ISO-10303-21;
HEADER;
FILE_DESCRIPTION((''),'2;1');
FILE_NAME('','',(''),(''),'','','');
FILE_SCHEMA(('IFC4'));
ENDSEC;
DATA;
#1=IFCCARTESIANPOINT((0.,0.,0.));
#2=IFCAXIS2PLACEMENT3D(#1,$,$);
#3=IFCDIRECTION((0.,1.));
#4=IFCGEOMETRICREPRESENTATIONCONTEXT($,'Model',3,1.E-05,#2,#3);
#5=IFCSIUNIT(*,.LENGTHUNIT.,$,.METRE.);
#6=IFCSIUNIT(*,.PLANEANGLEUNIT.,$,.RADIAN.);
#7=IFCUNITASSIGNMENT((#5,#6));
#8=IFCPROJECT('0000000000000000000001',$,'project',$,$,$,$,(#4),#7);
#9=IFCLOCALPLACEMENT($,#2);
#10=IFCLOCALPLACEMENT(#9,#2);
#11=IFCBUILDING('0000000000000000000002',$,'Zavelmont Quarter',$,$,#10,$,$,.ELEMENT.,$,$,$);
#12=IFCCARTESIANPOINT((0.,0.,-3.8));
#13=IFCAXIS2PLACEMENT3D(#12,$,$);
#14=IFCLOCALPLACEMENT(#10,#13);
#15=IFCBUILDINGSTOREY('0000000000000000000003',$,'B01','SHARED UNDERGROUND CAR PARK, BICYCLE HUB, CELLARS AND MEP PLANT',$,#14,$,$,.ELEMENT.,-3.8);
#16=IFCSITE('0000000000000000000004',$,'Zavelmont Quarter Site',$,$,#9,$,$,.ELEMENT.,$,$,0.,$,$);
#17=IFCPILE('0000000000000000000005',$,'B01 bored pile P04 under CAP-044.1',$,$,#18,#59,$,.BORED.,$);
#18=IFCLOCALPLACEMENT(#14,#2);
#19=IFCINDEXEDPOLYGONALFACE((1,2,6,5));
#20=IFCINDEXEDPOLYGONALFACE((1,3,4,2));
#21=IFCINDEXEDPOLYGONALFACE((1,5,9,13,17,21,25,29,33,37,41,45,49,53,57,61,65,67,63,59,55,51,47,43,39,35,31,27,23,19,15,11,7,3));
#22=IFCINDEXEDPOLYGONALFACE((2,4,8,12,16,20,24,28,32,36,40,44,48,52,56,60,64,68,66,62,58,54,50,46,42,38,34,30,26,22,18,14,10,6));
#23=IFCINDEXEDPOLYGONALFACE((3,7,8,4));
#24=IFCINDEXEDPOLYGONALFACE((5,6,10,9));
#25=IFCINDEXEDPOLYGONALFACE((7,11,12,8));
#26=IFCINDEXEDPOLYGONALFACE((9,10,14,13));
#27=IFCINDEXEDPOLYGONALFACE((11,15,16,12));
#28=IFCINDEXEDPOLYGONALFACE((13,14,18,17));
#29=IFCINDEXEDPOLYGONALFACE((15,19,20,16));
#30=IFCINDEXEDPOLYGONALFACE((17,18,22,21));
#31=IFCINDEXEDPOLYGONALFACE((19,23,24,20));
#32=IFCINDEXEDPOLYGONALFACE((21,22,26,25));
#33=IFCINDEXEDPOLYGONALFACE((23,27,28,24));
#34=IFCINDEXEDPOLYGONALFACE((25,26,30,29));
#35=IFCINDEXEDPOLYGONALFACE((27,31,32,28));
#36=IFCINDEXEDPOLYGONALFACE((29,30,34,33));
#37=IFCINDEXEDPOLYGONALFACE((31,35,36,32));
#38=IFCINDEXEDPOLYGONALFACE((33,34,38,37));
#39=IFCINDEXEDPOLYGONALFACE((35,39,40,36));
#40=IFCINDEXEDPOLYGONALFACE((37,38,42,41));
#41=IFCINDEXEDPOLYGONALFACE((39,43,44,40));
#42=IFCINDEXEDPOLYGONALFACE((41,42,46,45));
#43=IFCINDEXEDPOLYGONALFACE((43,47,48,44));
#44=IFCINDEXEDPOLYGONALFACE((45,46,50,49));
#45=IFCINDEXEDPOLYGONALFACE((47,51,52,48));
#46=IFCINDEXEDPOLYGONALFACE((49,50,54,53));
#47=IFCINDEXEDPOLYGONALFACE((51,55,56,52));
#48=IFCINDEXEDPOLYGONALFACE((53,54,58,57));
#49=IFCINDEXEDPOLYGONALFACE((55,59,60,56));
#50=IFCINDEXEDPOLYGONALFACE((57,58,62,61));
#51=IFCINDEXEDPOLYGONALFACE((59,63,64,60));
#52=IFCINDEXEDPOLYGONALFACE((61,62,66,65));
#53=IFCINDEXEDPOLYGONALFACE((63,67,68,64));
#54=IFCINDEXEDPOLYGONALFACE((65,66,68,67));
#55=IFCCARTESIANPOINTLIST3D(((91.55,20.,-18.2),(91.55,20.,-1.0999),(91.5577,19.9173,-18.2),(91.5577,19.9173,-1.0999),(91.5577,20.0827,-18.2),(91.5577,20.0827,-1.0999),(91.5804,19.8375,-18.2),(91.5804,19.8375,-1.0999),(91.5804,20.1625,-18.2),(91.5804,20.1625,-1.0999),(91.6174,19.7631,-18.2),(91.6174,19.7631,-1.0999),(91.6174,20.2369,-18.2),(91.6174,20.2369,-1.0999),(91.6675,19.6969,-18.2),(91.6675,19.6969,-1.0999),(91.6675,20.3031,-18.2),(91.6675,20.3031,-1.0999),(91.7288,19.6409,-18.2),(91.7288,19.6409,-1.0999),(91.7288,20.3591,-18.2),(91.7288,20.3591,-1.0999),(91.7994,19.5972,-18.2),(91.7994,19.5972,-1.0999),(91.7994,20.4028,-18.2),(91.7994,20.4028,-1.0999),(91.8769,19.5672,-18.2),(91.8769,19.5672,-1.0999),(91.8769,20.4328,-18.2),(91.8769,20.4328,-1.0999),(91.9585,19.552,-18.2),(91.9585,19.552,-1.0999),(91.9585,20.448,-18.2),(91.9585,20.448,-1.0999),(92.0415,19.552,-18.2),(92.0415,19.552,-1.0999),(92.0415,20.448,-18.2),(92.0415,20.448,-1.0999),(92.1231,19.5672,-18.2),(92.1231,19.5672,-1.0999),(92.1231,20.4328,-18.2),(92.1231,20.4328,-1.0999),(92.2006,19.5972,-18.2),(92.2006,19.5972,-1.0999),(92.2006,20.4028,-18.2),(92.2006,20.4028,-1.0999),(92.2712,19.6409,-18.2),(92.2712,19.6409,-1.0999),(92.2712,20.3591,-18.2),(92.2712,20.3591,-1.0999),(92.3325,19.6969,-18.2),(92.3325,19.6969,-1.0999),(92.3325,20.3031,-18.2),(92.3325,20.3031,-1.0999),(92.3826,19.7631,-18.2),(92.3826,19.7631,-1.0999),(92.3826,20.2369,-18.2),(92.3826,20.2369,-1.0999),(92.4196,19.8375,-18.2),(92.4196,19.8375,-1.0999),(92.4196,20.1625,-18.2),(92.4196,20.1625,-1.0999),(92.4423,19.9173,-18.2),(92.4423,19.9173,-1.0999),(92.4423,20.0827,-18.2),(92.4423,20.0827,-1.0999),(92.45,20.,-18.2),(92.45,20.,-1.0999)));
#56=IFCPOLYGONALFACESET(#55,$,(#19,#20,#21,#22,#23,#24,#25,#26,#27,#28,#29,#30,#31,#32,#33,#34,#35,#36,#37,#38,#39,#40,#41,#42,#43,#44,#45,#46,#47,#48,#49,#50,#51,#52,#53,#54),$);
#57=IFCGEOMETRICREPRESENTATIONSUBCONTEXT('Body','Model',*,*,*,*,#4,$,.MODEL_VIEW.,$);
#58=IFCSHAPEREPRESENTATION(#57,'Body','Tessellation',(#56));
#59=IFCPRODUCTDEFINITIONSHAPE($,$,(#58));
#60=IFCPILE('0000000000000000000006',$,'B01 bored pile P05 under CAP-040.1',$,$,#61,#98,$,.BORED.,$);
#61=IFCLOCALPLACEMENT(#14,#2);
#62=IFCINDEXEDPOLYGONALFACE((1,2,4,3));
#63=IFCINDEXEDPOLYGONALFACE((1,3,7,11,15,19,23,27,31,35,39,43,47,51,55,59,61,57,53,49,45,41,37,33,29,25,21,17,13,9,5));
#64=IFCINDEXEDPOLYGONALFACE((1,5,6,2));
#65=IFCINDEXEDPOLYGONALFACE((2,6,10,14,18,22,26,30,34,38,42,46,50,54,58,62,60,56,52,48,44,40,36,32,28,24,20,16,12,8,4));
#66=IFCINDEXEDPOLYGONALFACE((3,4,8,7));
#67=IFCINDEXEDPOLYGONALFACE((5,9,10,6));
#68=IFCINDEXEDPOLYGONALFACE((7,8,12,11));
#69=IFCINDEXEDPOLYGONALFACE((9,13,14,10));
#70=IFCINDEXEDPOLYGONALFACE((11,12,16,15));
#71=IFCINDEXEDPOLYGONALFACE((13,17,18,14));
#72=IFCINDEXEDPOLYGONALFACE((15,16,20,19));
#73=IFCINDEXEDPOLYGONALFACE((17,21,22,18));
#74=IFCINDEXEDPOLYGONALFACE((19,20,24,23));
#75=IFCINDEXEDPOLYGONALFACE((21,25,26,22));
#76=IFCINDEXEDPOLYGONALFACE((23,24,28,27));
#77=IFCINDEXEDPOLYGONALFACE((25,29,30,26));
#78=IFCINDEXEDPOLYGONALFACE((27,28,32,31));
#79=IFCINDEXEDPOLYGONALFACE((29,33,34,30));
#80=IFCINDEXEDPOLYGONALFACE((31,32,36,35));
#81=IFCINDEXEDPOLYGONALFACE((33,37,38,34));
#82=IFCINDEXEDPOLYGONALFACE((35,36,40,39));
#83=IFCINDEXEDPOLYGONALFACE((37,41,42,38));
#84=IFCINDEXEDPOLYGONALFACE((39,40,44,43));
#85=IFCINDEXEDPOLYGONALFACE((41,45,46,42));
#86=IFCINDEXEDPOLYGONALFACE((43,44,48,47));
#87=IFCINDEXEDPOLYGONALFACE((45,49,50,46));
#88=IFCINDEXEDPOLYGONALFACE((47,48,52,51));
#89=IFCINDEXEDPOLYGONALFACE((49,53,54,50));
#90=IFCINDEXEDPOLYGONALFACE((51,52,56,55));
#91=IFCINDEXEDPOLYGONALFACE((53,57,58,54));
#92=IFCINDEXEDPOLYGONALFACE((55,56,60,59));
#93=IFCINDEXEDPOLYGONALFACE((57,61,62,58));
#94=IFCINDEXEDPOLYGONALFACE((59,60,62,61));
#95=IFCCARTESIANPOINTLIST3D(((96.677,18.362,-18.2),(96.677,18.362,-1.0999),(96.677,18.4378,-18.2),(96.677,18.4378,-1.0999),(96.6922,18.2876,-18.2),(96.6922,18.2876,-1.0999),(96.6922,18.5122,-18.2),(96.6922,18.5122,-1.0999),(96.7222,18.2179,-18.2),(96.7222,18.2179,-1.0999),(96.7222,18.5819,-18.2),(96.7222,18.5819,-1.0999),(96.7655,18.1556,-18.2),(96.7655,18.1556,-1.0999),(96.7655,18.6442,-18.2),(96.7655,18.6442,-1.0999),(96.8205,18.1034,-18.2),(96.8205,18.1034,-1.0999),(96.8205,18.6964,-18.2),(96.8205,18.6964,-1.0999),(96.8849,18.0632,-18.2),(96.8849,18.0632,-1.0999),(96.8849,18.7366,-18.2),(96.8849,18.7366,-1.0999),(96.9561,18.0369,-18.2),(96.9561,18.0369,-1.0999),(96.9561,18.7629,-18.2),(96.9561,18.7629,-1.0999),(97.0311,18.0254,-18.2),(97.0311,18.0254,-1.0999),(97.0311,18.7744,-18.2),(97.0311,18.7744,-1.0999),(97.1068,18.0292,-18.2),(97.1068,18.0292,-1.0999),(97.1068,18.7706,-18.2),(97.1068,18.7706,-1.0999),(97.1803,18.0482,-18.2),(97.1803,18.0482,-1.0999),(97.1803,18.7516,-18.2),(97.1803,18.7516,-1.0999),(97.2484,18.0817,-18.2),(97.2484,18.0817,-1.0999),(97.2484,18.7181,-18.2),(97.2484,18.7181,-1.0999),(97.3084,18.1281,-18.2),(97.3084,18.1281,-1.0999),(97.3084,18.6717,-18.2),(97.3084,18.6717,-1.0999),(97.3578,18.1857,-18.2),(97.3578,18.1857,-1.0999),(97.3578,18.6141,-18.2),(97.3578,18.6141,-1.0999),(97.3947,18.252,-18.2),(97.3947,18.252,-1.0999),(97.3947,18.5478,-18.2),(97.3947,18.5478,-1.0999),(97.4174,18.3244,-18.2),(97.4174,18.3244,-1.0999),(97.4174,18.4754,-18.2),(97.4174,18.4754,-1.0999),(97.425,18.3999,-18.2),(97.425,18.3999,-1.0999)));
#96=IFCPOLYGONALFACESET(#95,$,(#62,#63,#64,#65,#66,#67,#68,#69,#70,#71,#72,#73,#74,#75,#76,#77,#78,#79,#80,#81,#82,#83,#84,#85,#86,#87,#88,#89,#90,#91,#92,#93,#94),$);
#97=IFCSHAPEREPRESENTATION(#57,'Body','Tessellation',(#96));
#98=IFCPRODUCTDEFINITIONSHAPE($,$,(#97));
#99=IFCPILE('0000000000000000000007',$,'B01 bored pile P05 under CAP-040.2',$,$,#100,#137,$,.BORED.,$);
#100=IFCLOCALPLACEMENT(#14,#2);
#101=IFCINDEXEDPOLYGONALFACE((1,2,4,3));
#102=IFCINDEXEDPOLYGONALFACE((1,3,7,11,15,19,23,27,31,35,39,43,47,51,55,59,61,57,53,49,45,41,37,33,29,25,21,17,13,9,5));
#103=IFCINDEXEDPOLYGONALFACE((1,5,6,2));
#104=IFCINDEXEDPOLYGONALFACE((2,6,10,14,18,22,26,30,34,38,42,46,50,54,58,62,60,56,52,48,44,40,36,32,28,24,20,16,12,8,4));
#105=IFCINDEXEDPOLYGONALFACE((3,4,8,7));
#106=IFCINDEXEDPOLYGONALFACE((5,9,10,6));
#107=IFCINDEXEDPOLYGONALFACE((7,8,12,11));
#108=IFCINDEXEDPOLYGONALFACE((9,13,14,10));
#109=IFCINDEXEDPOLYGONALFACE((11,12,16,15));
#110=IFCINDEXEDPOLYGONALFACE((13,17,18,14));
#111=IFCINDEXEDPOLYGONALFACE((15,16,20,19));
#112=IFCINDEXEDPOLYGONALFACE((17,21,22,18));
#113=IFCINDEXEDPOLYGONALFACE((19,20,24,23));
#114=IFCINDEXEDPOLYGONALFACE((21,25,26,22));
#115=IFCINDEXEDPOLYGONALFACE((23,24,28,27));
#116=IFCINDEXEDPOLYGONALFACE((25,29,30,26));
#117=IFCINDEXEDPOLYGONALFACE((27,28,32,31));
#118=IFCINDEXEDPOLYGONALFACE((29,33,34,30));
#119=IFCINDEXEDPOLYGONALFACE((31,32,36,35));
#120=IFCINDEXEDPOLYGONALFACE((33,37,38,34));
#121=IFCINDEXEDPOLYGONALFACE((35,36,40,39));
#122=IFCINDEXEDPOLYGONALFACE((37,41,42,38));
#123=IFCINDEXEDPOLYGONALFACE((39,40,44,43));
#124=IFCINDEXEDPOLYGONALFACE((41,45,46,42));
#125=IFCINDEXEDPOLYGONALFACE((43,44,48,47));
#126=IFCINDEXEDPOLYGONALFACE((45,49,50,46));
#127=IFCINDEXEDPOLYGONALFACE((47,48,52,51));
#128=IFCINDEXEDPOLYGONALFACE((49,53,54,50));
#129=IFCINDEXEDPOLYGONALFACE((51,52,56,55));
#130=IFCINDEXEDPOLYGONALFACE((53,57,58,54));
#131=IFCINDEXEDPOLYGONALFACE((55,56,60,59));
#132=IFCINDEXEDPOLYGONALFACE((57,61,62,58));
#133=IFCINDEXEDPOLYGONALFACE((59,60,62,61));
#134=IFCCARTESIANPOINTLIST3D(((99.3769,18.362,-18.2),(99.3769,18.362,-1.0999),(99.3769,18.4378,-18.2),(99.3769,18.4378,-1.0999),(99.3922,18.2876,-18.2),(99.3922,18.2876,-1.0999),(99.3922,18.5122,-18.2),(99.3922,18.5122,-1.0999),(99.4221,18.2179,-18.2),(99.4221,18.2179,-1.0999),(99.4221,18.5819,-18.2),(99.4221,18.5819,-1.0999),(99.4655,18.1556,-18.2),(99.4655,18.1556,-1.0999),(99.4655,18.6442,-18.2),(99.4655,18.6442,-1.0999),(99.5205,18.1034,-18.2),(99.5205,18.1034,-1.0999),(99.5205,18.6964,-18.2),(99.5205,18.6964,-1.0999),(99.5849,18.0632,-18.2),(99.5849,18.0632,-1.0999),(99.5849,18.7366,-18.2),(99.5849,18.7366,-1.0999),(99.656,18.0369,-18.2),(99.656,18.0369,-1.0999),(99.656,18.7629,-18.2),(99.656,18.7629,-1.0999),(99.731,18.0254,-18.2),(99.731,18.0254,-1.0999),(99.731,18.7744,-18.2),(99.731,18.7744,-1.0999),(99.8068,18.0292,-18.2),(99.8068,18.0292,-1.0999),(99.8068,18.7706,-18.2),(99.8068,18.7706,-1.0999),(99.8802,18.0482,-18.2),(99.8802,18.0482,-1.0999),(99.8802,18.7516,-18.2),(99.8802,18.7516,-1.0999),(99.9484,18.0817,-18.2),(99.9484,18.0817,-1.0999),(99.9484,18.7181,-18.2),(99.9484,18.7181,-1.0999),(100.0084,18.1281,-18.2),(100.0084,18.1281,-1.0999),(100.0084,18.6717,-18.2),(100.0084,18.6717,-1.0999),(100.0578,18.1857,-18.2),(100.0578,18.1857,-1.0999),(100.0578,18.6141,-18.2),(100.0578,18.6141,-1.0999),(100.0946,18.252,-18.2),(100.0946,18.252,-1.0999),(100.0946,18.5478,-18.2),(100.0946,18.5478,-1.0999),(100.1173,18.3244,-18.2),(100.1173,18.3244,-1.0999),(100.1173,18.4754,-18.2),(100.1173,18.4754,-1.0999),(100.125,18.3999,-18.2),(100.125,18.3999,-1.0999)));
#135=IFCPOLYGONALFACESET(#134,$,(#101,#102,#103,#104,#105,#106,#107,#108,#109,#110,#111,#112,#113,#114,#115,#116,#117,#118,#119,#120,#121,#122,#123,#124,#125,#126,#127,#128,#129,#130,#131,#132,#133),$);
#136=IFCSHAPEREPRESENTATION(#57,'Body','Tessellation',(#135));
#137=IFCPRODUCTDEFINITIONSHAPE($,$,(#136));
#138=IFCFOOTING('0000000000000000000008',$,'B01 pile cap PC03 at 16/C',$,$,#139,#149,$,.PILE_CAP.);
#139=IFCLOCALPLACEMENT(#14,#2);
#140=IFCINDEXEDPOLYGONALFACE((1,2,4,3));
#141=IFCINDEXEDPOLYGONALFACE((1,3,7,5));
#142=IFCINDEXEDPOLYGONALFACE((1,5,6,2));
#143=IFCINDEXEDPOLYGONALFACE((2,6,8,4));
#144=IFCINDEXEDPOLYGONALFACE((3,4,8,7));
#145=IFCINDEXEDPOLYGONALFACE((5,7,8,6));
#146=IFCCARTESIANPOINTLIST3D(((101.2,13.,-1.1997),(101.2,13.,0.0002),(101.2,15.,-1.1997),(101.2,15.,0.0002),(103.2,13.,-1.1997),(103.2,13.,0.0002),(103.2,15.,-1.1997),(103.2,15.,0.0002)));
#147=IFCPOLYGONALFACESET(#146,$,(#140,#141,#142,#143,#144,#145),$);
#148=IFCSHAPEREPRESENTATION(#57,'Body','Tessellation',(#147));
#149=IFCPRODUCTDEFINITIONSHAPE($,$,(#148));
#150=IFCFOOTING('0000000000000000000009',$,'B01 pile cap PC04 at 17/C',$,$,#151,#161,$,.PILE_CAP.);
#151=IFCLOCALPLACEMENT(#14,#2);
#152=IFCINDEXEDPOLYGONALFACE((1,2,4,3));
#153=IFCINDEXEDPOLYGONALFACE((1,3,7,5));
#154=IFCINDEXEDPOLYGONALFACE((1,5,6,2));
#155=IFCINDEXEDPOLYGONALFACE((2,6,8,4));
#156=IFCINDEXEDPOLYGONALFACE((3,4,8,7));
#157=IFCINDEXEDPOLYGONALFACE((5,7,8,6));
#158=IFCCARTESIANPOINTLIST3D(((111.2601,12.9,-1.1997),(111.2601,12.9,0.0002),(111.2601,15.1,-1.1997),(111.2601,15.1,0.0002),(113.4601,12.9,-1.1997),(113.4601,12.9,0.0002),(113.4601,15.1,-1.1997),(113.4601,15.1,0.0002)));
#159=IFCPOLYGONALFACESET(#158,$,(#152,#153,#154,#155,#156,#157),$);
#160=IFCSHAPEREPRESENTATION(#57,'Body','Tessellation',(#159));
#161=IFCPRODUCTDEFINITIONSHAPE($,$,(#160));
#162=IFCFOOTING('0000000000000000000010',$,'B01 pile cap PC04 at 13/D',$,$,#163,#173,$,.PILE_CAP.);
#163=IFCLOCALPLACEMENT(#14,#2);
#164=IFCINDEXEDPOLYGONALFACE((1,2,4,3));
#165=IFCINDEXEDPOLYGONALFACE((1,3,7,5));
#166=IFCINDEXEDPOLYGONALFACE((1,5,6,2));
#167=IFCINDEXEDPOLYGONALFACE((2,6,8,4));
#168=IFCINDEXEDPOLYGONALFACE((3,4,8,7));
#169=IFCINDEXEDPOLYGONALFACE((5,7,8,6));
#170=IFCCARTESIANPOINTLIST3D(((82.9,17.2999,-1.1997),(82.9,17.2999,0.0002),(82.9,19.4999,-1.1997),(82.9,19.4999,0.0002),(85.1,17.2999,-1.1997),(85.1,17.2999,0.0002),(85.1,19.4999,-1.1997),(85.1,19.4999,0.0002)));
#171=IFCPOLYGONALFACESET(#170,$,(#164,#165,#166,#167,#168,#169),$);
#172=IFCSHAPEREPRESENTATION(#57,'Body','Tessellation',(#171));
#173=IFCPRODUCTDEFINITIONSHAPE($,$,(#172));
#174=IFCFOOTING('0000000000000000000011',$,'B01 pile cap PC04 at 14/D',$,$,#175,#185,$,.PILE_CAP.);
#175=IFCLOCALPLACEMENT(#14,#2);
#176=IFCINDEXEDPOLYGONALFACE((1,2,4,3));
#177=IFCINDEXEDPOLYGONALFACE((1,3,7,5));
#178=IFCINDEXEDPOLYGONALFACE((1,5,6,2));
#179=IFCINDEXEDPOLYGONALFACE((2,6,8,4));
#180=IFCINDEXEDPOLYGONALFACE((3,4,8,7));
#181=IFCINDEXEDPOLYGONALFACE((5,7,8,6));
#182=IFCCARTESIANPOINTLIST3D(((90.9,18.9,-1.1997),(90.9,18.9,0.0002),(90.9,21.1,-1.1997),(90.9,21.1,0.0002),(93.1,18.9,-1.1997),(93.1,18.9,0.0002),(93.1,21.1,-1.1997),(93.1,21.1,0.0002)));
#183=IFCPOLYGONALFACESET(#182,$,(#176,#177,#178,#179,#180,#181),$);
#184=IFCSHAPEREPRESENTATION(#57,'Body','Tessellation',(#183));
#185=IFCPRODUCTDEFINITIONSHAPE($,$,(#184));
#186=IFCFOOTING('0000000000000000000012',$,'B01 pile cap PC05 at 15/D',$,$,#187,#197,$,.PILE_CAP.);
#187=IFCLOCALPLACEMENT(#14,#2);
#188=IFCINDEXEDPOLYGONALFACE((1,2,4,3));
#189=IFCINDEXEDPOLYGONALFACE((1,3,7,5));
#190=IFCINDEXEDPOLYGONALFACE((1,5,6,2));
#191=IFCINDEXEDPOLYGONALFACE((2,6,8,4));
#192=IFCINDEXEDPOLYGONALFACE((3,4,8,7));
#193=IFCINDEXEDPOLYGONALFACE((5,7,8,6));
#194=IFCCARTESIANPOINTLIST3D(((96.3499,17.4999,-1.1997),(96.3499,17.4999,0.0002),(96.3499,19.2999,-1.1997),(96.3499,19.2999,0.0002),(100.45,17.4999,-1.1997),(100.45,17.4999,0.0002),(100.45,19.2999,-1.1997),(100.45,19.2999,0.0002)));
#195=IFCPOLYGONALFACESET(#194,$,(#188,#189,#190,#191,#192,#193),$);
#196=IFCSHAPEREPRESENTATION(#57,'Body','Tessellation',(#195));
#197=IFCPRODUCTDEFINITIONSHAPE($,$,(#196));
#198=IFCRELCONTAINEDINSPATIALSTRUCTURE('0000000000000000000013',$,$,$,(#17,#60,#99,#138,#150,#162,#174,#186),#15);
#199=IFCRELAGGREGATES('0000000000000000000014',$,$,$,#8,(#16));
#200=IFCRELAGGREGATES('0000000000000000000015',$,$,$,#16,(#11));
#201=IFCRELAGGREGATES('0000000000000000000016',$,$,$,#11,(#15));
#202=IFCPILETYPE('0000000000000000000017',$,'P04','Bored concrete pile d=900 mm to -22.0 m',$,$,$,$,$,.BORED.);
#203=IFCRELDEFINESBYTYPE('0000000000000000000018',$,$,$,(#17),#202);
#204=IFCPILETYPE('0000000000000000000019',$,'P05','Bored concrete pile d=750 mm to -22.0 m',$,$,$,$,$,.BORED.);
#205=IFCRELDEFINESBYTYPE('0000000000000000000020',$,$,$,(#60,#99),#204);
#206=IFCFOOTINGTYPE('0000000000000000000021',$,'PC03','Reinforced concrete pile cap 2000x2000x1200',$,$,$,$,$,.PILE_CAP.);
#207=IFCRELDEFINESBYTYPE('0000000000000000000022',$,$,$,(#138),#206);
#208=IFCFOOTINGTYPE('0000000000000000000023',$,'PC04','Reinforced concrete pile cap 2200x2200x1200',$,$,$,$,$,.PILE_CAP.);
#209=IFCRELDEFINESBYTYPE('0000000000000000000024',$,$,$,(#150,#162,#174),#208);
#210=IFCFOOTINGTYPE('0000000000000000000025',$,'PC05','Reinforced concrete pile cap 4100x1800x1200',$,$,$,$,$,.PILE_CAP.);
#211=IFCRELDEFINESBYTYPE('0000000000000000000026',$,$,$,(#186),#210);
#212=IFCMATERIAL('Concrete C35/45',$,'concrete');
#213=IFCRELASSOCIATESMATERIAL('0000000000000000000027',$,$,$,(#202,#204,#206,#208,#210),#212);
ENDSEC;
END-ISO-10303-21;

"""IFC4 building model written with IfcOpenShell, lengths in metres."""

from ifc_helpers import new_model, si_unit, direction, frame, origin, origin_2d, place, context, subcontext, project, spatial, rectangle, circle, extrude, material, material_profile, profile_set, type_object, element, save


model = new_model("IFC4")

# Units and contexts
model_context = context("Model", 3, precision=1e-05, world=origin(), true_north=direction((0.0, 1.0)))
body_context = subcontext(model_context, "Body", "Model", "MODEL_VIEW")
ifc_project = project(units=[si_unit("LENGTHUNIT", "METRE"), si_unit("PLANEANGLEUNIT", "RADIAN")], contexts=[model_context])

# Site, building, storey
site_placement = place(None, origin())
site = spatial("IfcSite", under=ifc_project, at=site_placement, Name="Zavelmont Quarter Site", CompositionType="ELEMENT", RefElevation=0.0)
building_placement = place(site_placement, origin())
building = spatial("IfcBuilding", under=site, at=building_placement, Name="Zavelmont Quarter", CompositionType="ELEMENT")
storey_placement = place(building_placement, frame((0.0, 0.0, -3.8)))
storey = spatial("IfcBuildingStorey", under=building, at=storey_placement, Name="B01", Description="SHARED UNDERGROUND CAR PARK, BICYCLE HUB, CELLARS AND MEP PLANT", CompositionType="ELEMENT", Elevation=-3.8)

# Shared definitions
ifc_material_1 = material(Name="Concrete C35/45", Category="concrete")

# Piles
ifc_material_profile_1 = material_profile(ifc_material_1, circle(Radius=0.45, at=origin_2d()), Name="BP900")
ifc_profile_set_1 = profile_set([ifc_material_profile_1], Name="Concrete C35/45")
pile_type_1 = type_object("IfcPileType", Name="P04", Description="Bored concrete pile d=900 mm to -22.0 m", PredefinedType="BORED", material=ifc_profile_set_1)
for number, where, z_axis, x_axis, name in (
    (1, (92.0, 20.0, -1.0999), (0.0, 0.0, -1.0), (1.0, 0.0, 0.0), "B01 bored pile P04 under CAP-044.1"),
):
    element("IfcPile", number, at=place(storey_placement, frame(where, z_axis=z_axis, x_axis=x_axis)), inside=storey, type_object=pile_type_1, Name=name, PredefinedType="BORED", context=body_context, shape_type="SweptSolid", body=[
        extrude(circle(Radius=0.45, at=origin_2d()), origin(), (0.0, 0.0, 1.0), 17.1001),
    ])
ifc_material_profile_2 = material_profile(ifc_material_1, circle(Radius=0.375, at=origin_2d()), Name="BP750")
ifc_profile_set_2 = profile_set([ifc_material_profile_2], Name="Concrete C35/45")
pile_type_2 = type_object("IfcPileType", Name="P05", Description="Bored concrete pile d=750 mm to -22.0 m", PredefinedType="BORED", material=ifc_profile_set_2)
for number, where, z_axis, x_axis, name in (
    (2, (97.05, 18.3999, -1.0999), (0.0, 0.0, -1.0), (1.0, 0.0, 0.0), "B01 bored pile P05 under CAP-040.1"),
    (3, (99.75, 18.3999, -1.0999), (0.0, 0.0, -1.0), (1.0, 0.0, 0.0), "B01 bored pile P05 under CAP-040.2"),
):
    element("IfcPile", number, at=place(storey_placement, frame(where, z_axis=z_axis, x_axis=x_axis)), inside=storey, type_object=pile_type_2, Name=name, PredefinedType="BORED", context=body_context, shape_type="SweptSolid", body=[
        extrude(circle(Radius=0.375, at=origin_2d()), origin(), (0.0, 0.0, 1.0), 17.1001),
    ])

# Footings
footing_type_1 = type_object("IfcFootingType", Name="PC03", Description="Reinforced concrete pile cap 2000x2000x1200", PredefinedType="PILE_CAP", material=ifc_material_1)
footing_1_placement = place(storey_placement, frame((102.2, 14.0, -1.1997), z_axis=(0.0, 0.0, 1.0), x_axis=(1.0, 0.0, 0.0)))
element("IfcFooting", 4, at=footing_1_placement, inside=storey, type_object=footing_type_1, Name="B01 pile cap PC03 at 16/C", PredefinedType="PILE_CAP", context=body_context, shape_type="SweptSolid", body=[
    extrude(rectangle(XDim=2.0, YDim=2.0, at=origin_2d()), origin(), (0.0, 0.0, 1.0), 1.2),
])
footing_type_2 = type_object("IfcFootingType", Name="PC04", Description="Reinforced concrete pile cap 2200x2200x1200", PredefinedType="PILE_CAP", material=ifc_material_1)
for number, where, z_axis, x_axis, name in (
    (5, (112.3601, 14.0, -1.1997), (0.0, 0.0, 1.0), (1.0, 0.0, 0.0), "B01 pile cap PC04 at 17/C"),
    (6, (84.0, 18.3999, -1.1997), (0.0, 0.0, 1.0), (1.0, 0.0, 0.0), "B01 pile cap PC04 at 13/D"),
    (7, (92.0, 20.0, -1.1997), (0.0, 0.0, 1.0), (1.0, 0.0, 0.0), "B01 pile cap PC04 at 14/D"),
):
    element("IfcFooting", number, at=place(storey_placement, frame(where, z_axis=z_axis, x_axis=x_axis)), inside=storey, type_object=footing_type_2, Name=name, PredefinedType="PILE_CAP", context=body_context, shape_type="SweptSolid", body=[
        extrude(rectangle(XDim=2.2, YDim=2.2, at=origin_2d()), origin(), (0.0, 0.0, 1.0), 1.2),
    ])
footing_type_3 = type_object("IfcFootingType", Name="PC05", Description="Reinforced concrete pile cap 4100x1800x1200", PredefinedType="PILE_CAP", material=ifc_material_1)
footing_2_placement = place(storey_placement, frame((98.3999, 18.3999, -1.1997), z_axis=(0.0, 0.0, 1.0), x_axis=(1.0, 0.0, 0.0)))
element("IfcFooting", 8, at=footing_2_placement, inside=storey, type_object=footing_type_3, Name="B01 pile cap PC05 at 15/D", PredefinedType="PILE_CAP", context=body_context, shape_type="SweptSolid", body=[
    extrude(rectangle(XDim=4.1001, YDim=1.8, at=origin_2d()), origin(), (0.0, 0.0, 1.0), 1.2),
])

save(model, "model.ifc")
